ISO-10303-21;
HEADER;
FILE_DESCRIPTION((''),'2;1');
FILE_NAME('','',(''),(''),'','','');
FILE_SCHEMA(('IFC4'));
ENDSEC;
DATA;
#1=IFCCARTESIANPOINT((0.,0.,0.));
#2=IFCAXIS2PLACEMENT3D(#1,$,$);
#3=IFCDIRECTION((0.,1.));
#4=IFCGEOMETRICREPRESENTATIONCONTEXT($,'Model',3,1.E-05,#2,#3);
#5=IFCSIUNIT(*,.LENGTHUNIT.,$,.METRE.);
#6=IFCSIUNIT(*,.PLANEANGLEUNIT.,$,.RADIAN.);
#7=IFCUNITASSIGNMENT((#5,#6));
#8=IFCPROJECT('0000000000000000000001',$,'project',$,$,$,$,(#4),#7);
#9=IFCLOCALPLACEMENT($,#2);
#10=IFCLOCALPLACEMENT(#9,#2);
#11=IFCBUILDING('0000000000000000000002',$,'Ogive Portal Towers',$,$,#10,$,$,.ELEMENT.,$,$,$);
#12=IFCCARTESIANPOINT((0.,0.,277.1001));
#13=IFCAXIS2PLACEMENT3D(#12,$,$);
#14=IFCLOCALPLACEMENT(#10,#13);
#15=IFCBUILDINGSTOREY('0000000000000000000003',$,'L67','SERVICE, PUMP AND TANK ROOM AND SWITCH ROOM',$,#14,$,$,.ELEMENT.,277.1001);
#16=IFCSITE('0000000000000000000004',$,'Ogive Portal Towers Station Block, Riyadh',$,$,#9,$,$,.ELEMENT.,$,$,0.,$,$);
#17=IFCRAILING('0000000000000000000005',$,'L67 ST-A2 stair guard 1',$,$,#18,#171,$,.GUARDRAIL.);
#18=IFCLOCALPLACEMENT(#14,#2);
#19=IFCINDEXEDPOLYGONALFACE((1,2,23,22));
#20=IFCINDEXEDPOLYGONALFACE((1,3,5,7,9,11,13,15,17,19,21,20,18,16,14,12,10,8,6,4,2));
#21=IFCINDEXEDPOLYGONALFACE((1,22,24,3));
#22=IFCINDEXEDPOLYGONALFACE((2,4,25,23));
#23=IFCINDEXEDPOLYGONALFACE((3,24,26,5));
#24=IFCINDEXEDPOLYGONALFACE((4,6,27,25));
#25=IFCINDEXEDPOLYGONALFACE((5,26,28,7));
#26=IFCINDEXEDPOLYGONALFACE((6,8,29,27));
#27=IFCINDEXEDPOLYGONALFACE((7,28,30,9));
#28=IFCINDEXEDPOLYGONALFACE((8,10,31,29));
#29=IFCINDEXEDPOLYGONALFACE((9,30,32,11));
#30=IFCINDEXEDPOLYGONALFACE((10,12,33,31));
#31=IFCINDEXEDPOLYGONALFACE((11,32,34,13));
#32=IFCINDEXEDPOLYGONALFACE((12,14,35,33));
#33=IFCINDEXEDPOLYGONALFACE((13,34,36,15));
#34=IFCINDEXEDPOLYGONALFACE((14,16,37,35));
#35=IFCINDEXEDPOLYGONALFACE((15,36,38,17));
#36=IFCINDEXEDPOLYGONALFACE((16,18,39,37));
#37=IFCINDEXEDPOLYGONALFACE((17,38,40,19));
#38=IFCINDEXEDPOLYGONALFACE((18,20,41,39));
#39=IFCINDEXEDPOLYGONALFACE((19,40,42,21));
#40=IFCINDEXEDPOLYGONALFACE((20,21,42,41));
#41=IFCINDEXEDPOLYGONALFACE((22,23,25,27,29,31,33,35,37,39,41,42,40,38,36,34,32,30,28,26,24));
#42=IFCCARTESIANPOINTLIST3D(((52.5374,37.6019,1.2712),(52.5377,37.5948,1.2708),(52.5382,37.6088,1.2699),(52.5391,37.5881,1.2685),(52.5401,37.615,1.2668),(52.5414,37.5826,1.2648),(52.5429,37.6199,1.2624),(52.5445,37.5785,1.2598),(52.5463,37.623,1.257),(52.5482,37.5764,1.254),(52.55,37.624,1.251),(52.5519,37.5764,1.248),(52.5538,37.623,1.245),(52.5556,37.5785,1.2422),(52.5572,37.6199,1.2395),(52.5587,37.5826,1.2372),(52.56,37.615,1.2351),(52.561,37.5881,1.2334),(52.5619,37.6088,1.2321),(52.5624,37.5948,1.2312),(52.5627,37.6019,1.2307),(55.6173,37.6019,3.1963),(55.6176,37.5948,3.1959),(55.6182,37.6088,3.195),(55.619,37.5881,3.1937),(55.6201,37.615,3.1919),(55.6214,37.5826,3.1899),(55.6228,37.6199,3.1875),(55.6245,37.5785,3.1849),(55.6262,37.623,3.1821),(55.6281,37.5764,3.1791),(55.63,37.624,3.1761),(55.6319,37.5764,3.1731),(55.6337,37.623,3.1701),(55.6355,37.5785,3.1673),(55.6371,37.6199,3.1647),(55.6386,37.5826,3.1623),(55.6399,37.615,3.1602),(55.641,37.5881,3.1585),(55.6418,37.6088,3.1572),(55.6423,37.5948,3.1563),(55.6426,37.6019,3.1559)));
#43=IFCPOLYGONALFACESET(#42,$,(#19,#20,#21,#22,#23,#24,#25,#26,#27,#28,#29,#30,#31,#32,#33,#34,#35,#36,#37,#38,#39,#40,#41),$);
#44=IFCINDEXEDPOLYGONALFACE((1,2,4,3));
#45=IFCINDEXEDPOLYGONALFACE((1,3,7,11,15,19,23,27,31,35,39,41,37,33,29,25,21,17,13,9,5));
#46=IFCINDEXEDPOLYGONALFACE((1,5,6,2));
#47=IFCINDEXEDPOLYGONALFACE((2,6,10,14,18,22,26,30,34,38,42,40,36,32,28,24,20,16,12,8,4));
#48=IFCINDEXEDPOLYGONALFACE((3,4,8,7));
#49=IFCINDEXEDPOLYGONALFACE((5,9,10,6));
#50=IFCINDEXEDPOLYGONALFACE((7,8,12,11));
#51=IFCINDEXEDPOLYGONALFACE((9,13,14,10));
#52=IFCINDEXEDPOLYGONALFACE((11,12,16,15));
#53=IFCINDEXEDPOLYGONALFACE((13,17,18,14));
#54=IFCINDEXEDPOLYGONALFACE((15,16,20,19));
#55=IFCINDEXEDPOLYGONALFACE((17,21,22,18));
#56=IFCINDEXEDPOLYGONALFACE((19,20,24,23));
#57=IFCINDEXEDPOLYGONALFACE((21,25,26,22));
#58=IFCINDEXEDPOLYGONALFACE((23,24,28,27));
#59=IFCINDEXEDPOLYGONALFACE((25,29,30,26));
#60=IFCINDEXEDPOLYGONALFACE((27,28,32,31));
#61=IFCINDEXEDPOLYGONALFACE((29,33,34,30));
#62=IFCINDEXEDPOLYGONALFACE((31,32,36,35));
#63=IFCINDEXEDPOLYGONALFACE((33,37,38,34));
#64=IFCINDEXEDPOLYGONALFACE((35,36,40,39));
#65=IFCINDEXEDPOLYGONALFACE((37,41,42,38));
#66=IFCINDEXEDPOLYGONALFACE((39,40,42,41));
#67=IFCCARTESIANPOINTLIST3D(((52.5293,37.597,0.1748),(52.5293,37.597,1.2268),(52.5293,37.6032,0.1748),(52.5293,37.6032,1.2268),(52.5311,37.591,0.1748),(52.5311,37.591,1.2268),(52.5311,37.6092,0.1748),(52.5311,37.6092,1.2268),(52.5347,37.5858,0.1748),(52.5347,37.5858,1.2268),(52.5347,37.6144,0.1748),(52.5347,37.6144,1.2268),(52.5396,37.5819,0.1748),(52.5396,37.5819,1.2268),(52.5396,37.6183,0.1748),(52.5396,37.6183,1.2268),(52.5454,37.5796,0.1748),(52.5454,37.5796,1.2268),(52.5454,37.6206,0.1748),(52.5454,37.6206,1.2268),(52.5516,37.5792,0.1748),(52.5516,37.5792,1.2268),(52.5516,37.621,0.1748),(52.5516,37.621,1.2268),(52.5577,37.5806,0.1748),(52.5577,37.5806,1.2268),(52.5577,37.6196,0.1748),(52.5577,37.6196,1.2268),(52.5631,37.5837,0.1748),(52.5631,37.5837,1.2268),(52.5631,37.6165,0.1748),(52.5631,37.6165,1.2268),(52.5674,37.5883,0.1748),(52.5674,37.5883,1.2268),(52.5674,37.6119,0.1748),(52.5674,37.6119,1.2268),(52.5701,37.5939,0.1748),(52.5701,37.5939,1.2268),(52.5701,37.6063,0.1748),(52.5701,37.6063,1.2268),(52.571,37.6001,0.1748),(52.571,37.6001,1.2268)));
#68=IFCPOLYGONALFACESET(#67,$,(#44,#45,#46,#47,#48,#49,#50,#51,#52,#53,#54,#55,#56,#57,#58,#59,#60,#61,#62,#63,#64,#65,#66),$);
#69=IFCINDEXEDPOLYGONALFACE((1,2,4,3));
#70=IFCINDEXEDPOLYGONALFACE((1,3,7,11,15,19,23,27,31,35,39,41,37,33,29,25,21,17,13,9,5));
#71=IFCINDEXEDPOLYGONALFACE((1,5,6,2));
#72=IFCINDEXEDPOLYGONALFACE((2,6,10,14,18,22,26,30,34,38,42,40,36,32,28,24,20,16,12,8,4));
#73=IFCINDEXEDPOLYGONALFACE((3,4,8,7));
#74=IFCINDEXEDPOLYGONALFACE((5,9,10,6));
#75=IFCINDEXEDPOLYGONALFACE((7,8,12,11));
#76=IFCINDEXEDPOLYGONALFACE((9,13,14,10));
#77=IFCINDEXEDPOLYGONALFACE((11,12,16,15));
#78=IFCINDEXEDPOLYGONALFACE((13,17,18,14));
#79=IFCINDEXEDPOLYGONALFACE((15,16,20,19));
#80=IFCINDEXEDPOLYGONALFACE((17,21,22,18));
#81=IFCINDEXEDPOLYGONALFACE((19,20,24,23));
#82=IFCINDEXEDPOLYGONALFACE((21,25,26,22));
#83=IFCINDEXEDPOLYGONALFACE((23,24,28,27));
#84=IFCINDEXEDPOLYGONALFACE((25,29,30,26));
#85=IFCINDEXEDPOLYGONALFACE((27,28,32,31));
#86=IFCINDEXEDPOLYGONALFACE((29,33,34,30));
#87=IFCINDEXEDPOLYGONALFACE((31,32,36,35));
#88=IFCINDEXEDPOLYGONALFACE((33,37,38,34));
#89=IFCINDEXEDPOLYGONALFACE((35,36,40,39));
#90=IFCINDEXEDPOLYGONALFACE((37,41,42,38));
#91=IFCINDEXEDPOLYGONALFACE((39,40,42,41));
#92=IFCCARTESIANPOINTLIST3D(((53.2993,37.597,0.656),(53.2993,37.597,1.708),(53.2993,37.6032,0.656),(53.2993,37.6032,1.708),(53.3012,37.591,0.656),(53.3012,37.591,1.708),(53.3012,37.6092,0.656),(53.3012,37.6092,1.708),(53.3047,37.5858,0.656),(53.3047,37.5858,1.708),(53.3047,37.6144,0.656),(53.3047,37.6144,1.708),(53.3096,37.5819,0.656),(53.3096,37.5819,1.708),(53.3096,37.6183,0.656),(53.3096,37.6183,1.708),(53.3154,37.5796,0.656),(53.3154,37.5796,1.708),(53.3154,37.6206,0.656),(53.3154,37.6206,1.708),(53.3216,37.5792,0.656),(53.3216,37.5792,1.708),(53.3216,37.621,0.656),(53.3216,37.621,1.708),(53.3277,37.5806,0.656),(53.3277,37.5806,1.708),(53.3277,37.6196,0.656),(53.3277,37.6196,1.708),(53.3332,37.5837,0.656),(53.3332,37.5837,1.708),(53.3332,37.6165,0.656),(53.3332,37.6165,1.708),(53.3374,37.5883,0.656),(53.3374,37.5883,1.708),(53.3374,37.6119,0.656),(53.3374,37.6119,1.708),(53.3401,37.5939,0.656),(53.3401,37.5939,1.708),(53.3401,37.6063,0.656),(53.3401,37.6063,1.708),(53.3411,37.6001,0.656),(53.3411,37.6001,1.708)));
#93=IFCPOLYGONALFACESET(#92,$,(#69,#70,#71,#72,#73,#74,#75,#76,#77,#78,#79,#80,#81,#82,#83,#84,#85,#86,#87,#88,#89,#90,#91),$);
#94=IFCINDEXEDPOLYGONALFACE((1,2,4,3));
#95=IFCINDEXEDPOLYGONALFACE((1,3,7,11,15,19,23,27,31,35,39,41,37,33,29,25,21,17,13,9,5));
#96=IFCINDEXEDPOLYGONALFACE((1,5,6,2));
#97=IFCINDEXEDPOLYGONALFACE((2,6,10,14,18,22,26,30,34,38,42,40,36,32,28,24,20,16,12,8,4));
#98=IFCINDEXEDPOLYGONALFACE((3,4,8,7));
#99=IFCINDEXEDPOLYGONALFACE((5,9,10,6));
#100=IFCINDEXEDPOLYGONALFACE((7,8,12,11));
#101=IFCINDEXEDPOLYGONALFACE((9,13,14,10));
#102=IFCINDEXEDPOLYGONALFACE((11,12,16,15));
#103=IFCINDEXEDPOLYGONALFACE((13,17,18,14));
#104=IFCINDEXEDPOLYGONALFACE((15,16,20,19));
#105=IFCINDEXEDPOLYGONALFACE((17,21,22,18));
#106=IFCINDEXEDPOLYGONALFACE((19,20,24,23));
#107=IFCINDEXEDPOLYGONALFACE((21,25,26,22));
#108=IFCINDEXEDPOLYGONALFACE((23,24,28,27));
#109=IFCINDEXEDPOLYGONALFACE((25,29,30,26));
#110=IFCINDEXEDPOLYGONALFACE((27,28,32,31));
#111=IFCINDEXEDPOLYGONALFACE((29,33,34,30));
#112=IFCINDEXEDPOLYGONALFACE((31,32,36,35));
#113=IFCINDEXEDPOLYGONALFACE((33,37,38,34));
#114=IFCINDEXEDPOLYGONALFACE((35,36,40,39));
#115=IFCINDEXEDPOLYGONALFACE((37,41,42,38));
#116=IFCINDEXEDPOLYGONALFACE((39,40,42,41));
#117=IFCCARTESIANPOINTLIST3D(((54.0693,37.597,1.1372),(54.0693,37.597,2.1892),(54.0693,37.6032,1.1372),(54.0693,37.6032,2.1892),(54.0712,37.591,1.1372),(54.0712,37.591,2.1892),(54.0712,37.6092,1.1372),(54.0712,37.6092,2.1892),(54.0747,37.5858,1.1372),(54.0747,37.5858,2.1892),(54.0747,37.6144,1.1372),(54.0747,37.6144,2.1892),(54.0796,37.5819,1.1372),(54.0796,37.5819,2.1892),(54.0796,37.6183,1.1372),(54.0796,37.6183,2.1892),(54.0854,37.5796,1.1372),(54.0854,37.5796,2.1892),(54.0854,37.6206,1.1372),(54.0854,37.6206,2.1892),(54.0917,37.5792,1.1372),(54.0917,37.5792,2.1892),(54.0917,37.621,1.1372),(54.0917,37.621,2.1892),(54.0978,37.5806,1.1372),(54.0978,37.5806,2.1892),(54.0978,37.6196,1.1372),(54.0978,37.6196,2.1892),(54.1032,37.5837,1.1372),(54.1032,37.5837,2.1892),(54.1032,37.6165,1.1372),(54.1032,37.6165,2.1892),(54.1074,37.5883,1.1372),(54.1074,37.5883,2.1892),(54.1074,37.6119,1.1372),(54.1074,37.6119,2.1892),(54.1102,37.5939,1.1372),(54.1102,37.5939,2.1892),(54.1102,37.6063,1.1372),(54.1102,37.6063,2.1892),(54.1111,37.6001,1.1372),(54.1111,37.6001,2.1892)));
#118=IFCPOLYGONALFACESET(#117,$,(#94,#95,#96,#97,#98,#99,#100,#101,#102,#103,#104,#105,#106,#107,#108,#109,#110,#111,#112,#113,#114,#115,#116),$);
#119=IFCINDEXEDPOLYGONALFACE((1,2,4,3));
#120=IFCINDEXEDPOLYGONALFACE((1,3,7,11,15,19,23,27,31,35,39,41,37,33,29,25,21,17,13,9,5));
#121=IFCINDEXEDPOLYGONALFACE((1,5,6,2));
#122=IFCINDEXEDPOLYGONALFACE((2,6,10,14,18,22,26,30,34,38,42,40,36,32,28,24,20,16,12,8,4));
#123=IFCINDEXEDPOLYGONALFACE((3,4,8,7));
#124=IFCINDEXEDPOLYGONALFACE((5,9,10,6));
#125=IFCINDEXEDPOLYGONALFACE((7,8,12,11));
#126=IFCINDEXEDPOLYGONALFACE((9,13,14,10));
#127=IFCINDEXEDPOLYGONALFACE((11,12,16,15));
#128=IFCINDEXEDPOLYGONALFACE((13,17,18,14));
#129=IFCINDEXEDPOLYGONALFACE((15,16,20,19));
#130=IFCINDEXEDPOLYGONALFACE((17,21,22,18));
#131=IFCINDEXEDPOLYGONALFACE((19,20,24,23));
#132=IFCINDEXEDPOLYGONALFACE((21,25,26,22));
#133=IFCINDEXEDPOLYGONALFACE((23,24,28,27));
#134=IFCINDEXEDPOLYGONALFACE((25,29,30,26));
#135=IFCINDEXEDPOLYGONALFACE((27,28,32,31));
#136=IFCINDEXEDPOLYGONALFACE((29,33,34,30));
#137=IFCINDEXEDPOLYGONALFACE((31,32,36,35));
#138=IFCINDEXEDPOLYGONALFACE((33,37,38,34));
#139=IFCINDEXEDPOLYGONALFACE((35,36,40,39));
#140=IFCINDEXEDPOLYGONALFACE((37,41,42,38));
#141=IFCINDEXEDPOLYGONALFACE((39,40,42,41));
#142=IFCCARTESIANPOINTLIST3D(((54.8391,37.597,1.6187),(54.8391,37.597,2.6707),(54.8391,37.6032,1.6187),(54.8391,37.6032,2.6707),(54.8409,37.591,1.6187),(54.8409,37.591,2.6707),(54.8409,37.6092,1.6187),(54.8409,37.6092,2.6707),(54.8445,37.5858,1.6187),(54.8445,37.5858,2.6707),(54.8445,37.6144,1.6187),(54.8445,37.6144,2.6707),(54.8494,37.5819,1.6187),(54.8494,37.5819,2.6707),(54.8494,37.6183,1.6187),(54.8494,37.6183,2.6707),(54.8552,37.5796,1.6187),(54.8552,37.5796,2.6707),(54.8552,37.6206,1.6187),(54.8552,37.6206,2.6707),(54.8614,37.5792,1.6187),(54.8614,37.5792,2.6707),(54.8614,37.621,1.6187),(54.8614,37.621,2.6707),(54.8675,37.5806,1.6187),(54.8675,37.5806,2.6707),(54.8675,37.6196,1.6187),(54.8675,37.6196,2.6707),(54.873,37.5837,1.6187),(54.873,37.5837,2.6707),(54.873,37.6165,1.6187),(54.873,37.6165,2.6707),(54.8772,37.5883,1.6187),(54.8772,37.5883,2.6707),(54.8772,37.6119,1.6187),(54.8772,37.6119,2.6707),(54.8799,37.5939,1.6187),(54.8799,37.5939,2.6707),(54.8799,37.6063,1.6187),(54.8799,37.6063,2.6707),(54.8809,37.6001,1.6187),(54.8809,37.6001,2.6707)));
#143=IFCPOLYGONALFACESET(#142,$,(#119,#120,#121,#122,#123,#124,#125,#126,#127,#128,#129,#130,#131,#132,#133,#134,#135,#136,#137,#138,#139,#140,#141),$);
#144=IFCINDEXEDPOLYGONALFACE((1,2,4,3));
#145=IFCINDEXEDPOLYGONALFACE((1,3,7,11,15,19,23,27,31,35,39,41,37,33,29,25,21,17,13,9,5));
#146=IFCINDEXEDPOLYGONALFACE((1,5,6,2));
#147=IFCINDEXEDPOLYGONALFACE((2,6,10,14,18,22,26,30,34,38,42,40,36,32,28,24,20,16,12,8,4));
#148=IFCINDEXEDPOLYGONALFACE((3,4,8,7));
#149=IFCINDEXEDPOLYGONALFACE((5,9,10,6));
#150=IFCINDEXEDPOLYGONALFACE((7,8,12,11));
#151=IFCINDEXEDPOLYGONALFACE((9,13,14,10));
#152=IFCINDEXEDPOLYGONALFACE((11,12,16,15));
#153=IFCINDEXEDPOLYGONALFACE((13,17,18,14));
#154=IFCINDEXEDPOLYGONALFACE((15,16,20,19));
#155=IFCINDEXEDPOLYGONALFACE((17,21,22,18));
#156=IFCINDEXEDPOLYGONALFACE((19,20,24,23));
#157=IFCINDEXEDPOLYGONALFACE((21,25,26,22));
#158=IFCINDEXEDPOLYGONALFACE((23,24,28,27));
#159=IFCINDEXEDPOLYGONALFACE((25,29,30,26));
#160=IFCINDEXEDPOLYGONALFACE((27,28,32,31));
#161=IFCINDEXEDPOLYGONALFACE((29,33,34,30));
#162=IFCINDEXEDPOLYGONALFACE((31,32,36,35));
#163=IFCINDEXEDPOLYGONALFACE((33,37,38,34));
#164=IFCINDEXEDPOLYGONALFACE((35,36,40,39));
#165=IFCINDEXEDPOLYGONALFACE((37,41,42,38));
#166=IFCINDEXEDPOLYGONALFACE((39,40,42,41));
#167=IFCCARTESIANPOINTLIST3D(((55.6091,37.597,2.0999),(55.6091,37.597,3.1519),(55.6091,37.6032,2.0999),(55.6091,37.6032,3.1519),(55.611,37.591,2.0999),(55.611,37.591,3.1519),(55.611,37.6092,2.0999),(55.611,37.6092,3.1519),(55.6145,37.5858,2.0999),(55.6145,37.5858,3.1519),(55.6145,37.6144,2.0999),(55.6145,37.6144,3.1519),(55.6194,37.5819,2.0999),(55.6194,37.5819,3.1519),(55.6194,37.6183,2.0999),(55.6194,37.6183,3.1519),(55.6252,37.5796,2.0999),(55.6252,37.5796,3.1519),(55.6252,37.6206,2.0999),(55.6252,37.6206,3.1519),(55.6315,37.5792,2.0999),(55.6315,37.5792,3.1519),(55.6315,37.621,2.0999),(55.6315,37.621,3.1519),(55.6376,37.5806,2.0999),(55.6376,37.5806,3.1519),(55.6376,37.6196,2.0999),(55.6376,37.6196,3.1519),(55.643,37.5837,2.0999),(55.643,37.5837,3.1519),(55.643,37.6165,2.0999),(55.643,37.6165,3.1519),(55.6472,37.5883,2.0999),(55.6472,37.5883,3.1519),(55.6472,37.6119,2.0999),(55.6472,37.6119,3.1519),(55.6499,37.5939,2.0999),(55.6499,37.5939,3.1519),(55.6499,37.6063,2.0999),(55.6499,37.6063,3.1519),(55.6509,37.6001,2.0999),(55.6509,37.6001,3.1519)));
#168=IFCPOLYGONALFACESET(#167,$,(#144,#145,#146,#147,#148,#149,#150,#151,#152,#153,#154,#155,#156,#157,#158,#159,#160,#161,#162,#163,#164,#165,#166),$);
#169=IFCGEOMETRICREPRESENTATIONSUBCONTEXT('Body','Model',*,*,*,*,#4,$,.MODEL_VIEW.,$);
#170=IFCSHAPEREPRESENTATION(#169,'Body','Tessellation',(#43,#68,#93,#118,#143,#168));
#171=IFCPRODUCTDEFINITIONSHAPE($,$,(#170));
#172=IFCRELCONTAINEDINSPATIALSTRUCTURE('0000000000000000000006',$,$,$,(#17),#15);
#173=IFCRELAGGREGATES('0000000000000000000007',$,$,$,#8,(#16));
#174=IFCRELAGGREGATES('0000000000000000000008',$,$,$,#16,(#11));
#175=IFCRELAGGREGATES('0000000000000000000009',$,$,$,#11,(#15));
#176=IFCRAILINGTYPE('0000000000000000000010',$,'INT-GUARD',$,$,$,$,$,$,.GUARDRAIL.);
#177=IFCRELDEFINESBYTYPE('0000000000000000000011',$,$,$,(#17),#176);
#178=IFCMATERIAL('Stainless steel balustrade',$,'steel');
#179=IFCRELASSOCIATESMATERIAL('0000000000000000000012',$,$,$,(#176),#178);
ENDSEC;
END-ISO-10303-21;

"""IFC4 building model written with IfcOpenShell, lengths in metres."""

from ifc_helpers import new_model, si_unit, direction, frame, origin, origin_2d, place, context, subcontext, project, spatial, circle, extrude, material, type_object, element, save


model = new_model("IFC4")

# Units and contexts
model_context = context("Model", 3, precision=1e-05, world=origin(), true_north=direction((0.0, 1.0)))
body_context = subcontext(model_context, "Body", "Model", "MODEL_VIEW")
ifc_project = project(units=[si_unit("LENGTHUNIT", "METRE"), si_unit("PLANEANGLEUNIT", "RADIAN")], contexts=[model_context])

# Site, building, storey
site_placement = place(None, origin())
site = spatial("IfcSite", under=ifc_project, at=site_placement, Name="Ogive Portal Towers Station Block, Riyadh", CompositionType="ELEMENT", RefElevation=0.0)
building_placement = place(site_placement, origin())
building = spatial("IfcBuilding", under=site, at=building_placement, Name="Ogive Portal Towers", CompositionType="ELEMENT")
storey_placement = place(building_placement, frame((0.0, 0.0, 277.1001)))
storey = spatial("IfcBuildingStorey", under=building, at=storey_placement, Name="L67", Description="SERVICE, PUMP AND TANK ROOM AND SWITCH ROOM", CompositionType="ELEMENT", Elevation=277.1001)

# Railing
ifc_material_1 = material(Name="Stainless steel balustrade", Category="steel")
railing_type_1 = type_object("IfcRailingType", Name="INT-GUARD", PredefinedType="GUARDRAIL", material=ifc_material_1)
railing_1_placement = place(storey_placement, frame((52.55, 37.6001, 0.1748)))
element("IfcRailing", 1, at=railing_1_placement, inside=storey, type_object=railing_type_1, Name="L67 ST-A2 stair guard 1", PredefinedType="GUARDRAIL", context=body_context, shape_type="SweptSolid", body=[
    extrude(circle(Radius=0.0239, at=origin_2d()), frame((0.0, 0.0, 1.0762), z_axis=(0.847979, 0.0, 0.530029), x_axis=(0.0, 1.0, 0.0)), (0.0, 0.0, 1.0), 3.6321),
    extrude(circle(Radius=0.021, at=origin_2d()), origin(), (0.0, 0.0, 1.0), 1.052),
    extrude(circle(Radius=0.021, at=origin_2d()), frame((0.77, 0.0, 0.4812)), (0.0, 0.0, 1.0), 1.052),
    extrude(circle(Radius=0.021, at=origin_2d()), frame((1.54, 0.0, 0.9624)), (0.0, 0.0, 1.0), 1.052),
    extrude(circle(Radius=0.021, at=origin_2d()), frame((2.3098, 0.0, 1.4438)), (0.0, 0.0, 1.0), 1.052),
    extrude(circle(Radius=0.021, at=origin_2d()), frame((3.0798, 0.0, 1.925)), (0.0, 0.0, 1.0), 1.052),
])

save(model, "model.ifc")
